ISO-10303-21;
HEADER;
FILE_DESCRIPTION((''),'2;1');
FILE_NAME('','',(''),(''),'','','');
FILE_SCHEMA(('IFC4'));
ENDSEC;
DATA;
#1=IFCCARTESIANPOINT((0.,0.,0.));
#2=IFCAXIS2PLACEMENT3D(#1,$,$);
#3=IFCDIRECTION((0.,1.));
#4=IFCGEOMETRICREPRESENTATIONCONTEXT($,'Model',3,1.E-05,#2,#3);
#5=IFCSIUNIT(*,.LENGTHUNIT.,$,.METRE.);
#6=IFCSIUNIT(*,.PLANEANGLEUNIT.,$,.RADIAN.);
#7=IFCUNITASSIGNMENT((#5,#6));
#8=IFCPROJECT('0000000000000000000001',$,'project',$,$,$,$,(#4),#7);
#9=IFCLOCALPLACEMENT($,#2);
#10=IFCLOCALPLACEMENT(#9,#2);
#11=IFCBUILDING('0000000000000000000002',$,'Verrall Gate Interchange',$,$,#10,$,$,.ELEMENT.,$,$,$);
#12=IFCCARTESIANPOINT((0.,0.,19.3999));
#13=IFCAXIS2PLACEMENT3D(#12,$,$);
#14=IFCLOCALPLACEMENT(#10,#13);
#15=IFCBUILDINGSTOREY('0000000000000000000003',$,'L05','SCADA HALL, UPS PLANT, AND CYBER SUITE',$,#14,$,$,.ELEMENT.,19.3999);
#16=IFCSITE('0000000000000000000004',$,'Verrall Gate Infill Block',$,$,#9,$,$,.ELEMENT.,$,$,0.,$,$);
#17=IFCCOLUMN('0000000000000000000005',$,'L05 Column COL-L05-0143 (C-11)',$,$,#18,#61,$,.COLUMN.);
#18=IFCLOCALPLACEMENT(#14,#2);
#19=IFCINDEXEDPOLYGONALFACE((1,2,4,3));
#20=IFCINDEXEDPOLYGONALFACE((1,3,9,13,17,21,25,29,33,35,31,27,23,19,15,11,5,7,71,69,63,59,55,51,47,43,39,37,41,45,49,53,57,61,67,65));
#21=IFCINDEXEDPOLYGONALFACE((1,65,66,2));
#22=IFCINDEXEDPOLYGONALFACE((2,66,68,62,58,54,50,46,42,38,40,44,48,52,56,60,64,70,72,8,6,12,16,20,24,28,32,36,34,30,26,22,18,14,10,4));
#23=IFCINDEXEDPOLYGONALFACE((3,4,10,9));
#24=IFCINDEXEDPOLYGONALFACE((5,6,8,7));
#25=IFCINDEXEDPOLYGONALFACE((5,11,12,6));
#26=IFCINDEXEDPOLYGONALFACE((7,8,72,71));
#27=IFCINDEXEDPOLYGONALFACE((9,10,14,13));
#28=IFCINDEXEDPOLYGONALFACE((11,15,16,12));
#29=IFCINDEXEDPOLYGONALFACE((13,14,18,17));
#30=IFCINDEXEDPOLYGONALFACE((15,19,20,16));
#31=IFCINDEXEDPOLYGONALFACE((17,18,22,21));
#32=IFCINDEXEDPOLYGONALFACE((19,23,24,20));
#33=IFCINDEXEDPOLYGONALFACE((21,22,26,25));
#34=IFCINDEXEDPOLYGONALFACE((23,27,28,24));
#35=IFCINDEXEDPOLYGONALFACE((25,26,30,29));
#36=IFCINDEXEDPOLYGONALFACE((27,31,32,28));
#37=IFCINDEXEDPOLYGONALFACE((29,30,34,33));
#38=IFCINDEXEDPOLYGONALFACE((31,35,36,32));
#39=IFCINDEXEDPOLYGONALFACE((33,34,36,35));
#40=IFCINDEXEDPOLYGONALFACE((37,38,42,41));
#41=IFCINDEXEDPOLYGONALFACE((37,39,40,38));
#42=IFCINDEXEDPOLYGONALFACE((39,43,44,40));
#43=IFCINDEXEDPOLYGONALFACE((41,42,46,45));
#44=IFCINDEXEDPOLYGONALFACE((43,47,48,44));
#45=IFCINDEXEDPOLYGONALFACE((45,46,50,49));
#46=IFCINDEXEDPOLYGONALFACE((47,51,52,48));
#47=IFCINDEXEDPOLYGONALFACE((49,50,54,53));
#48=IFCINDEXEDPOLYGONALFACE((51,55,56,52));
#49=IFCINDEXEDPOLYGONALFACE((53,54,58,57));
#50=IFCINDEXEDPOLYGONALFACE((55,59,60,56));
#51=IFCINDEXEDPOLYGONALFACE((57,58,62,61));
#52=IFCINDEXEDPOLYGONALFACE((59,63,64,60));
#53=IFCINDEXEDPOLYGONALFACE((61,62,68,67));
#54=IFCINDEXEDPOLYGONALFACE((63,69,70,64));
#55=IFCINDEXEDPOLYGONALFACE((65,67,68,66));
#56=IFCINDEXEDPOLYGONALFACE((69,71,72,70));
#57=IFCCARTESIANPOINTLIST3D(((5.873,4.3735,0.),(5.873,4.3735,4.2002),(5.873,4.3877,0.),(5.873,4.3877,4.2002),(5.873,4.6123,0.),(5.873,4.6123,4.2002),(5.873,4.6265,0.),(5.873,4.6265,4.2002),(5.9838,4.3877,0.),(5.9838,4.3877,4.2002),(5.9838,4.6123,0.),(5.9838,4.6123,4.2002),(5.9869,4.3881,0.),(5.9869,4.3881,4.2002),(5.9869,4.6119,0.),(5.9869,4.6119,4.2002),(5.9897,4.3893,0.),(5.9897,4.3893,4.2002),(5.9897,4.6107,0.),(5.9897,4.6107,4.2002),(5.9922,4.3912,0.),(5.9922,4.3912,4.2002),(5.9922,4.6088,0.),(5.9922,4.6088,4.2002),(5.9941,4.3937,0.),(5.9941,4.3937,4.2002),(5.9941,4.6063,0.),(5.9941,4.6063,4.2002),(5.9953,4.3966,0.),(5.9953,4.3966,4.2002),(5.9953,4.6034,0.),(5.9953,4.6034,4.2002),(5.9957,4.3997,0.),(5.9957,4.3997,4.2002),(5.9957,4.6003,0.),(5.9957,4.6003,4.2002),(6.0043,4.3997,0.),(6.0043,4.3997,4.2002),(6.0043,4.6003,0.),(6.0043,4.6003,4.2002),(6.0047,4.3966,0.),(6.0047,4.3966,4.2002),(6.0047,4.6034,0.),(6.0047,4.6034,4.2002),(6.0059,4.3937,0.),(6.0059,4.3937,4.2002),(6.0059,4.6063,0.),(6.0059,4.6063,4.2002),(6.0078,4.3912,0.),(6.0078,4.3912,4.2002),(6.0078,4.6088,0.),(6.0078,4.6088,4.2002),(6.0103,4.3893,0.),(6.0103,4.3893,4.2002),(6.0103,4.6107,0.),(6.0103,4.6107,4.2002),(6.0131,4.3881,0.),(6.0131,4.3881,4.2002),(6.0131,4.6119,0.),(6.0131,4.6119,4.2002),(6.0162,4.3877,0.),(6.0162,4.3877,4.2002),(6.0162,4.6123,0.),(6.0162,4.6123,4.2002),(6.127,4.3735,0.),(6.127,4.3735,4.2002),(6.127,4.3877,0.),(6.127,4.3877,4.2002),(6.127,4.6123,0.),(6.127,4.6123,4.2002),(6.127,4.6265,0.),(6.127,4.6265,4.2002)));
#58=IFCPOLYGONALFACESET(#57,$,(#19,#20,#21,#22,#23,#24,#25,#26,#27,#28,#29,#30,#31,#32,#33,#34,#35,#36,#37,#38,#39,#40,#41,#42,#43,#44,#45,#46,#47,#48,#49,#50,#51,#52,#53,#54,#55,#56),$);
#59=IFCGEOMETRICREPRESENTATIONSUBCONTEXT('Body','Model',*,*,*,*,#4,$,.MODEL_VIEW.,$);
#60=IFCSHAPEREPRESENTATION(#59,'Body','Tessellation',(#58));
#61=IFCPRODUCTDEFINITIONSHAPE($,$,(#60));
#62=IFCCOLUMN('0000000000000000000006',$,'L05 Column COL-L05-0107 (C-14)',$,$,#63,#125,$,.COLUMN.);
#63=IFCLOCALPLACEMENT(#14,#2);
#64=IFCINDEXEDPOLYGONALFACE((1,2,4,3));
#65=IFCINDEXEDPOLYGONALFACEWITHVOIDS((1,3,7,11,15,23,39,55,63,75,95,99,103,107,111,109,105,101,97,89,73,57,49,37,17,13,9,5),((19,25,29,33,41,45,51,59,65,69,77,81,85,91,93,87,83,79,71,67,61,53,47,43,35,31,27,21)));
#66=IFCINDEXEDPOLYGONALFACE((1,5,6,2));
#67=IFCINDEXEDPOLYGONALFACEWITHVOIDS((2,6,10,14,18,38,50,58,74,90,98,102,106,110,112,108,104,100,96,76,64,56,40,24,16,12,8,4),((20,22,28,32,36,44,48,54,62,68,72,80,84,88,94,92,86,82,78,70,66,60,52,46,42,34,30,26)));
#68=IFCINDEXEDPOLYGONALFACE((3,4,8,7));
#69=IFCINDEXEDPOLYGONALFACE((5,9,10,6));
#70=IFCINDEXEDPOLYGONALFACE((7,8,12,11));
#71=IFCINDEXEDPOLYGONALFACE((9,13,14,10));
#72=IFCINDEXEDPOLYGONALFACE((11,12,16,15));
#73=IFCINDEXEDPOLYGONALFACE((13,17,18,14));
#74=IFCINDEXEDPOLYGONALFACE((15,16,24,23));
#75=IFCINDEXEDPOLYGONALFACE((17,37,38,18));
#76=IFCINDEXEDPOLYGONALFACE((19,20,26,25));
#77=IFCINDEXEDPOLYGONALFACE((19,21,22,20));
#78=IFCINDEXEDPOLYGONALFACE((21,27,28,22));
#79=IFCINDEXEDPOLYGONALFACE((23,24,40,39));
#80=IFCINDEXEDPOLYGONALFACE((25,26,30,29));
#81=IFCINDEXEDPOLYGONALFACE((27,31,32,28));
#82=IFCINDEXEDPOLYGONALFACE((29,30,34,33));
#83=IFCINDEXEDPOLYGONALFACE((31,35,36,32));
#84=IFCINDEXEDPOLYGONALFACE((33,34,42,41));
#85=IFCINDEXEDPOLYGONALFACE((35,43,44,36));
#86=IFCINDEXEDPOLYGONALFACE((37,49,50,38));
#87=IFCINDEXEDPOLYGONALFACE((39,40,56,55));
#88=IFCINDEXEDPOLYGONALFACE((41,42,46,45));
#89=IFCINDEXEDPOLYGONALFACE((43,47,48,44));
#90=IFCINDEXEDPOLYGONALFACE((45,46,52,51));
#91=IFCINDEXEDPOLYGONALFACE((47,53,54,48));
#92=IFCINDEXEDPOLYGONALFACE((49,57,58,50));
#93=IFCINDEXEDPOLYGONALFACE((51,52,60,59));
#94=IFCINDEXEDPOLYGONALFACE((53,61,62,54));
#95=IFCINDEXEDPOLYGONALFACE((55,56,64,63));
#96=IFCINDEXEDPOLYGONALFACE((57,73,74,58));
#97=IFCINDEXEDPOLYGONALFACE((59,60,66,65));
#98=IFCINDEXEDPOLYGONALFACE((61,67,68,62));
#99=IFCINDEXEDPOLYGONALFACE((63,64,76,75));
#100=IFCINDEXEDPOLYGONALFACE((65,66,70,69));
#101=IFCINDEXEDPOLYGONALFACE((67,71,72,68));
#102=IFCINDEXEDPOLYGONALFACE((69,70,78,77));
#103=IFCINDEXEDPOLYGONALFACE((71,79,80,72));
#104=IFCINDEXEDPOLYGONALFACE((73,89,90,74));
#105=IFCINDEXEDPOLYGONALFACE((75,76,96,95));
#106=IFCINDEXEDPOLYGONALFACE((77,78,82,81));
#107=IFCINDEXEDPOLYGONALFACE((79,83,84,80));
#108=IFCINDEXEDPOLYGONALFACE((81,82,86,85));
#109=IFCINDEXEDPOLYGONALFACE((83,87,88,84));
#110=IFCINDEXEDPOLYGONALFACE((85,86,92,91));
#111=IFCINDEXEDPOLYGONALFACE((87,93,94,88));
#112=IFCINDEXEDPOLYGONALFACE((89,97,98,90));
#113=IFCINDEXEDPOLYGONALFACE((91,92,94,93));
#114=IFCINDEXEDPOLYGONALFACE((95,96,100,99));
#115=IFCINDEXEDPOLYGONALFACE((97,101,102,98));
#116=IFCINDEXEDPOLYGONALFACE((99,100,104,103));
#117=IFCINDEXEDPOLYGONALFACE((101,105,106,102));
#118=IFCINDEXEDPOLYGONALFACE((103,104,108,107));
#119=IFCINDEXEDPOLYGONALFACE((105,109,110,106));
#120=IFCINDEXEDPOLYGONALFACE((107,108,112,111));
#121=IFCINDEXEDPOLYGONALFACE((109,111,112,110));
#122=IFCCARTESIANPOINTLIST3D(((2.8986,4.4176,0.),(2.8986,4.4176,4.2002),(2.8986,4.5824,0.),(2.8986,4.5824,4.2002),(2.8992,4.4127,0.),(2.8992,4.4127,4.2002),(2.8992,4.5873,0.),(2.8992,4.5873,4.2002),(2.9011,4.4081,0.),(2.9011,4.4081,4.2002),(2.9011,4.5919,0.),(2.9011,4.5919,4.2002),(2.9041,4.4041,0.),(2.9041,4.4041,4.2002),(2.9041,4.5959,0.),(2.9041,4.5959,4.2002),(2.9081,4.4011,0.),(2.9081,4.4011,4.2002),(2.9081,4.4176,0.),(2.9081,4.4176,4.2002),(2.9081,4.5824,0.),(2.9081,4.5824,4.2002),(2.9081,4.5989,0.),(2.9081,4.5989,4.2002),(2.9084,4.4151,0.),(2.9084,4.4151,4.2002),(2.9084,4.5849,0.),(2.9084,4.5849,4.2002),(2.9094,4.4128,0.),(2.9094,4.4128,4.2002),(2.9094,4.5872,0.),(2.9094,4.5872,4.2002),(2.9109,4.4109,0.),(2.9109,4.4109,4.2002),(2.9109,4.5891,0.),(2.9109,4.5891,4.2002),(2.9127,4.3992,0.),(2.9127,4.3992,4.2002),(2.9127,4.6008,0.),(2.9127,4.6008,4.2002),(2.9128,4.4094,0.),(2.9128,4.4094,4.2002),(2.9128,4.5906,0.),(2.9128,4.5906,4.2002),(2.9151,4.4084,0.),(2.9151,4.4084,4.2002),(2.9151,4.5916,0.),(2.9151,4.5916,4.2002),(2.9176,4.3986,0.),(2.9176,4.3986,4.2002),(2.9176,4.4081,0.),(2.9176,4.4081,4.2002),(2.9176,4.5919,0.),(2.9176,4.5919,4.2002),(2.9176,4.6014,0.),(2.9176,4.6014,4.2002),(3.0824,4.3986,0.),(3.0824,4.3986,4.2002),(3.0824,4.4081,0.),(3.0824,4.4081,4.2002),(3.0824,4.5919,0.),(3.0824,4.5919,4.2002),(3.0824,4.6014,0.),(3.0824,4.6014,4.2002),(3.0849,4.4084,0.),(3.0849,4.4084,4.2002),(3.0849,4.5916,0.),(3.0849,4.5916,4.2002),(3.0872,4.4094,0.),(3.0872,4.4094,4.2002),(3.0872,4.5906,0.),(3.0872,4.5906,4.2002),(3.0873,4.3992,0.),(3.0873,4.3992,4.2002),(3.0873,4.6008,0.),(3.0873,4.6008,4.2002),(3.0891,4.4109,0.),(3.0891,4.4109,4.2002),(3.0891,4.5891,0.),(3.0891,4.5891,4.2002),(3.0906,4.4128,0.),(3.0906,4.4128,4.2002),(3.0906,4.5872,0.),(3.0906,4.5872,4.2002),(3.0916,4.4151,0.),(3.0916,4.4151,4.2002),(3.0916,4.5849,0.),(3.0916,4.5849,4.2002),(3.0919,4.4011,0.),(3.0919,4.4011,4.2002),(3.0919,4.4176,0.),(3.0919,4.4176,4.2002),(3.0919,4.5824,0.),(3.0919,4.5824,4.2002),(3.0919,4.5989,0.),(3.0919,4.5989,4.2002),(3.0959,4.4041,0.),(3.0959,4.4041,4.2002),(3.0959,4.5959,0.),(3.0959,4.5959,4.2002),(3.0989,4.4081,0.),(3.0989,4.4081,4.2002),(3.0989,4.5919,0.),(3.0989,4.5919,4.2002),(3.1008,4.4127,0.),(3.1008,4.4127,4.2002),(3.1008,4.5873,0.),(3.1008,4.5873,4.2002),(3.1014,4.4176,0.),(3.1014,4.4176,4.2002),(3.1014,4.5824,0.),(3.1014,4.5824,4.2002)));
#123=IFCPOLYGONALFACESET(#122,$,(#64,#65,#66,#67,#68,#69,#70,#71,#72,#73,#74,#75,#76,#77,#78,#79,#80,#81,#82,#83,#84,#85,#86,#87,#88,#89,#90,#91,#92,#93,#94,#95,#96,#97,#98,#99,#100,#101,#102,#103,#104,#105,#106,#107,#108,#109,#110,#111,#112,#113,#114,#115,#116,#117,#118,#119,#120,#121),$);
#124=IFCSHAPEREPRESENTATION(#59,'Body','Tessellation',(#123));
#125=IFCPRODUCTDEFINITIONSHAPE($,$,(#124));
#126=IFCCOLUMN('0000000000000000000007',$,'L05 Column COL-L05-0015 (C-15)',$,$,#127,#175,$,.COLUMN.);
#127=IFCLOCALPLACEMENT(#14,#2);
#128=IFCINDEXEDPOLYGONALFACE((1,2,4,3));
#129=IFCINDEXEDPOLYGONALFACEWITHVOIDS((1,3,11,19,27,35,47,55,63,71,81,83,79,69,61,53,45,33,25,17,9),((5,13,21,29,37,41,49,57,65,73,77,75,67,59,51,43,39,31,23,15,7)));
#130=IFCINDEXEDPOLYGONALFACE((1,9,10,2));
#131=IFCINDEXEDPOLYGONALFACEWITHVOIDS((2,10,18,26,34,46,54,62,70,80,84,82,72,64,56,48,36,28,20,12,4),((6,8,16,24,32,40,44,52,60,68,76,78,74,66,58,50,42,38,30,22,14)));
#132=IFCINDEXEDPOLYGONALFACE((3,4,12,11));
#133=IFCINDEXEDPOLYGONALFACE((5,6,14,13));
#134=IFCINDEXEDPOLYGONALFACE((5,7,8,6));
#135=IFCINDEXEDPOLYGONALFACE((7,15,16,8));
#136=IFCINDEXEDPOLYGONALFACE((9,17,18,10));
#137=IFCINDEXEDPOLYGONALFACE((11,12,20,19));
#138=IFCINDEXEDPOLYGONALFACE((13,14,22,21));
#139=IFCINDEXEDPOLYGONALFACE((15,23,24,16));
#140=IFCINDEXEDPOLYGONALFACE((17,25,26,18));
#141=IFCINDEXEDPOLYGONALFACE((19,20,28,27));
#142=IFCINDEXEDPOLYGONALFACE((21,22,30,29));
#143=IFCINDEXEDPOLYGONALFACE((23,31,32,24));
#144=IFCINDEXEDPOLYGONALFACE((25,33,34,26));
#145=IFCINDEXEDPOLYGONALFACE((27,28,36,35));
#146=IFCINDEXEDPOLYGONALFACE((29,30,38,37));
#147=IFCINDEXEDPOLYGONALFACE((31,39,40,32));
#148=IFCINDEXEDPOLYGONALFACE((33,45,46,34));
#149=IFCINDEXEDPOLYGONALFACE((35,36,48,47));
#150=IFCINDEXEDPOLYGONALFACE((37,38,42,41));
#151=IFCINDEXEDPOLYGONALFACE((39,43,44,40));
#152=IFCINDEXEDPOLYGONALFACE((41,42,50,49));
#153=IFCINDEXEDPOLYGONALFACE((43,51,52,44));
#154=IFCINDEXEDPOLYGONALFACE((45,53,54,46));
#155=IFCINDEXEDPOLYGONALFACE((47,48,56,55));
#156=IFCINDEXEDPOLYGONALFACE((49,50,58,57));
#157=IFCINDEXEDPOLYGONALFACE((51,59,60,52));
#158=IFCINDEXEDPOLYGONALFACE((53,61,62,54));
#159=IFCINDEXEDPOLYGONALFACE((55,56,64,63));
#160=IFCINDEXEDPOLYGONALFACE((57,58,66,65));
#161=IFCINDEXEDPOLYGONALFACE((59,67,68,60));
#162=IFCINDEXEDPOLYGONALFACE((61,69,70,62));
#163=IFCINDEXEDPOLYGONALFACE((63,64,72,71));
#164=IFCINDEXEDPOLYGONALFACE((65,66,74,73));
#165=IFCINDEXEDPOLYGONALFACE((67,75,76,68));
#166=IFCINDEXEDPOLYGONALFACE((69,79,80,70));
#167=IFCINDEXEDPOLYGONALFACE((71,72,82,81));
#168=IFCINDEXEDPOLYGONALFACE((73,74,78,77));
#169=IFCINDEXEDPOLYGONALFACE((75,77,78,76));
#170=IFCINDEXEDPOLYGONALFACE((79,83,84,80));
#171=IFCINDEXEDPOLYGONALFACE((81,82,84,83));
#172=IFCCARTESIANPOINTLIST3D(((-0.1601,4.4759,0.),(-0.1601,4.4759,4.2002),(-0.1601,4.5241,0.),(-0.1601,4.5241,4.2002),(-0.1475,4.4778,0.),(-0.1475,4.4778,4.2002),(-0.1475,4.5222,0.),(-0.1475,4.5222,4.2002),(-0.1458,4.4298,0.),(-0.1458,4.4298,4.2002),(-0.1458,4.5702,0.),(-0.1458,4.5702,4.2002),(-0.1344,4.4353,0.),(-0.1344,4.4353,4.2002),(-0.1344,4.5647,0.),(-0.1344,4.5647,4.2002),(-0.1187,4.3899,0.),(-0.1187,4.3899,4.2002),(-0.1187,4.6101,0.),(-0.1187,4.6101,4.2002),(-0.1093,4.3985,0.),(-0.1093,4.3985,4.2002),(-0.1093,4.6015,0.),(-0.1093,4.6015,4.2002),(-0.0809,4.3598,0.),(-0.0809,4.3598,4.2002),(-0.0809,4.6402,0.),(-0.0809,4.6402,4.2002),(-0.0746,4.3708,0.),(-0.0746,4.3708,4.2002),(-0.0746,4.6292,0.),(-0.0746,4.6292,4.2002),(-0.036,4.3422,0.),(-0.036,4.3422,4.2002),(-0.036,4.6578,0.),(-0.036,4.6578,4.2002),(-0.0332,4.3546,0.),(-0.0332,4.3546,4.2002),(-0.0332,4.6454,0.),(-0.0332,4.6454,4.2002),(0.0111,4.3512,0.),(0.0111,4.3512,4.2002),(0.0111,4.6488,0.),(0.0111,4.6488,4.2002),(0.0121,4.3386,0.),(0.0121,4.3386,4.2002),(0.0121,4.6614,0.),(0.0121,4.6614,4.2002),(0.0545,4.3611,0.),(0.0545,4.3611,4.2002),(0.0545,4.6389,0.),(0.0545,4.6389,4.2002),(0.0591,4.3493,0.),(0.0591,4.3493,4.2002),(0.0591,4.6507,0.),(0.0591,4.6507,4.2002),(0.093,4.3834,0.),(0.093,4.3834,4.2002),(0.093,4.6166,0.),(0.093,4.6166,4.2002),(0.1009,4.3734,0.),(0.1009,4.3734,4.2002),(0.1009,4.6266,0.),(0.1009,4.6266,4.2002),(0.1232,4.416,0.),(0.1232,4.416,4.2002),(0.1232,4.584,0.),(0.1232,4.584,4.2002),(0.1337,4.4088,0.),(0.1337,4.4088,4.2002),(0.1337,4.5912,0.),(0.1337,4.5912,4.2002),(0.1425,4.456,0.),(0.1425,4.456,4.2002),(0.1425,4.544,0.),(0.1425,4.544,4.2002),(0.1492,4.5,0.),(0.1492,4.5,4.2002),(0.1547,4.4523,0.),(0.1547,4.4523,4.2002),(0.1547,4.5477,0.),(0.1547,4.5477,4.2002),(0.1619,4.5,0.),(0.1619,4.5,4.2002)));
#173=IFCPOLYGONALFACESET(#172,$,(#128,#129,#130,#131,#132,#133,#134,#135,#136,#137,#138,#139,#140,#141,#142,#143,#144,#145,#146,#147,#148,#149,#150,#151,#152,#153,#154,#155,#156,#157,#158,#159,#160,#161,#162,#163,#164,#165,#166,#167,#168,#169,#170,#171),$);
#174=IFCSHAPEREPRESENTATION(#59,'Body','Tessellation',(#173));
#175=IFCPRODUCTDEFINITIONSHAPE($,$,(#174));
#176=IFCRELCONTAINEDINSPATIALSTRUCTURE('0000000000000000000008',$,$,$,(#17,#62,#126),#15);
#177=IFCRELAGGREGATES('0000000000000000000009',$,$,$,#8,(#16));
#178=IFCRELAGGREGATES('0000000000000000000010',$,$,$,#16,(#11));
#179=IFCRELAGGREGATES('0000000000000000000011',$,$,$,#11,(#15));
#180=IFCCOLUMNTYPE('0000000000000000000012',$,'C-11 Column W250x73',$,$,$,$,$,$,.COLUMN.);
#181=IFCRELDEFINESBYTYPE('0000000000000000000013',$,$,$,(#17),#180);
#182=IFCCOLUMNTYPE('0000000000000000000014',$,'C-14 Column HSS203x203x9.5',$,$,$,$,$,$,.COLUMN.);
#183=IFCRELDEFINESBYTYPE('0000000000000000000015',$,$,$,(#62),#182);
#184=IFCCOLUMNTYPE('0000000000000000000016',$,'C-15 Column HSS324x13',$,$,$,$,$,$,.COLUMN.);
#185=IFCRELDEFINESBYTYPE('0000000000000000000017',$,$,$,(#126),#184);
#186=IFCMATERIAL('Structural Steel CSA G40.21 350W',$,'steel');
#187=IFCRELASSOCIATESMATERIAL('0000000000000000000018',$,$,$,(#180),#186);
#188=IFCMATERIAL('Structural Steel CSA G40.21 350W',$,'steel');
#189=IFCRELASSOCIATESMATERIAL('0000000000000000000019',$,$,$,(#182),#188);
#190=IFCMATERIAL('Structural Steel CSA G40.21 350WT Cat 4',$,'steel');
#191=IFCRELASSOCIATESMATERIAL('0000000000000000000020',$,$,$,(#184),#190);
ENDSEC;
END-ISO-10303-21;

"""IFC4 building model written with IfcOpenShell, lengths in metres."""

from ifc_helpers import new_model, si_unit, direction, frame, origin, origin_2d, place, context, subcontext, project, spatial, hollow_rectangle, hollow_circle, i_section, extrude, material, material_profile, profile_set, type_object, element, save


model = new_model("IFC4")

# Units and contexts
model_context = context("Model", 3, precision=1e-05, world=origin(), true_north=direction((0.0, 1.0)))
body_context = subcontext(model_context, "Body", "Model", "MODEL_VIEW")
ifc_project = project(units=[si_unit("LENGTHUNIT", "METRE"), si_unit("PLANEANGLEUNIT", "RADIAN")], contexts=[model_context])

# Site, building, storey
site_placement = place(None, origin())
site = spatial("IfcSite", under=ifc_project, at=site_placement, Name="Verrall Gate Infill Block", CompositionType="ELEMENT", RefElevation=0.0)
building_placement = place(site_placement, origin())
building = spatial("IfcBuilding", under=site, at=building_placement, Name="Verrall Gate Interchange", CompositionType="ELEMENT")
storey_placement = place(building_placement, frame((0.0, 0.0, 19.3999)))
storey = spatial("IfcBuildingStorey", under=building, at=storey_placement, Name="L05", Description="SCADA HALL, UPS PLANT, AND CYBER SUITE", CompositionType="ELEMENT", Elevation=19.3999)

# Columns
ifc_material_1 = material(Name="Structural Steel CSA G40.21 350W", Category="steel")
ifc_material_profile_1 = material_profile(ifc_material_1, i_section(OverallWidth=0.2539, OverallDepth=0.2529, WebThickness=0.0085, FlangeThickness=0.0142, FilletRadius=0.012, at=origin_2d()), Name="W250x73")
ifc_profile_set_1 = profile_set([ifc_material_profile_1], Name="Structural Steel CSA G40.21 350W")
column_type_1 = type_object("IfcColumnType", Name="C-11 Column W250x73", PredefinedType="COLUMN", material=ifc_profile_set_1)
column_1_placement = place(storey_placement, frame((6.0, 4.5, 0.0), z_axis=(0.0, 0.0, 1.0), x_axis=(1.0, 0.0, 0.0)))
element("IfcColumn", 1, at=column_1_placement, inside=storey, type_object=column_type_1, Name="L05 Column COL-L05-0143 (C-11)", PredefinedType="COLUMN", context=body_context, shape_type="SweptSolid", body=[
    extrude(i_section(OverallWidth=0.2539, OverallDepth=0.2529, WebThickness=0.0085, FlangeThickness=0.0142, FilletRadius=0.012, at=origin_2d()), origin(), (0.0, 0.0, 1.0), 4.2002),
])
ifc_material_2 = material(Name="Structural Steel CSA G40.21 350W", Category="steel")
ifc_material_profile_2 = material_profile(ifc_material_2, hollow_rectangle(XDim=0.2029, YDim=0.2029, WallThickness=0.0095, InnerFilletRadius=0.0095, OuterFilletRadius=0.019, at=origin_2d()), Name="HSS203x203x9.5")
ifc_profile_set_2 = profile_set([ifc_material_profile_2], Name="Structural Steel CSA G40.21 350W")
column_type_2 = type_object("IfcColumnType", Name="C-14 Column HSS203x203x9.5", PredefinedType="COLUMN", material=ifc_profile_set_2)
column_2_placement = place(storey_placement, frame((3.0, 4.5, 0.0), z_axis=(0.0, 0.0, 1.0), x_axis=(1.0, 0.0, 0.0)))
element("IfcColumn", 2, at=column_2_placement, inside=storey, type_object=column_type_2, Name="L05 Column COL-L05-0107 (C-14)", PredefinedType="COLUMN", context=body_context, shape_type="SweptSolid", body=[
    extrude(hollow_rectangle(XDim=0.2029, YDim=0.2029, WallThickness=0.0095, InnerFilletRadius=0.0095, OuterFilletRadius=0.019, at=origin_2d()), origin(), (0.0, 0.0, 1.0), 4.2002),
])
ifc_material_3 = material(Name="Structural Steel CSA G40.21 350WT Cat 4", Category="steel")
ifc_material_profile_3 = material_profile(ifc_material_3, hollow_circle(Radius=0.1619, WallThickness=0.0127, at=origin_2d()), Name="HSS324x13")
ifc_profile_set_3 = profile_set([ifc_material_profile_3], Name="Structural Steel CSA G40.21 350WT Cat 4")
column_type_3 = type_object("IfcColumnType", Name="C-15 Column HSS324x13", PredefinedType="COLUMN", material=ifc_profile_set_3)
for number, where, z_axis, x_axis, name in (
    (3, (0.0, 4.5, 0.0), (0.0, 0.0, 1.0), (1.0, 0.0, 0.0), "L05 Column COL-L05-0015 (C-15)"),
):
    element("IfcColumn", number, at=place(storey_placement, frame(where, z_axis=z_axis, x_axis=x_axis)), inside=storey, type_object=column_type_3, Name=name, PredefinedType="COLUMN", context=body_context, shape_type="SweptSolid", body=[
        extrude(hollow_circle(Radius=0.1619, WallThickness=0.0127, at=origin_2d()), origin(), (0.0, 0.0, 1.0), 4.2002),
    ])

save(model, "model.ifc")
